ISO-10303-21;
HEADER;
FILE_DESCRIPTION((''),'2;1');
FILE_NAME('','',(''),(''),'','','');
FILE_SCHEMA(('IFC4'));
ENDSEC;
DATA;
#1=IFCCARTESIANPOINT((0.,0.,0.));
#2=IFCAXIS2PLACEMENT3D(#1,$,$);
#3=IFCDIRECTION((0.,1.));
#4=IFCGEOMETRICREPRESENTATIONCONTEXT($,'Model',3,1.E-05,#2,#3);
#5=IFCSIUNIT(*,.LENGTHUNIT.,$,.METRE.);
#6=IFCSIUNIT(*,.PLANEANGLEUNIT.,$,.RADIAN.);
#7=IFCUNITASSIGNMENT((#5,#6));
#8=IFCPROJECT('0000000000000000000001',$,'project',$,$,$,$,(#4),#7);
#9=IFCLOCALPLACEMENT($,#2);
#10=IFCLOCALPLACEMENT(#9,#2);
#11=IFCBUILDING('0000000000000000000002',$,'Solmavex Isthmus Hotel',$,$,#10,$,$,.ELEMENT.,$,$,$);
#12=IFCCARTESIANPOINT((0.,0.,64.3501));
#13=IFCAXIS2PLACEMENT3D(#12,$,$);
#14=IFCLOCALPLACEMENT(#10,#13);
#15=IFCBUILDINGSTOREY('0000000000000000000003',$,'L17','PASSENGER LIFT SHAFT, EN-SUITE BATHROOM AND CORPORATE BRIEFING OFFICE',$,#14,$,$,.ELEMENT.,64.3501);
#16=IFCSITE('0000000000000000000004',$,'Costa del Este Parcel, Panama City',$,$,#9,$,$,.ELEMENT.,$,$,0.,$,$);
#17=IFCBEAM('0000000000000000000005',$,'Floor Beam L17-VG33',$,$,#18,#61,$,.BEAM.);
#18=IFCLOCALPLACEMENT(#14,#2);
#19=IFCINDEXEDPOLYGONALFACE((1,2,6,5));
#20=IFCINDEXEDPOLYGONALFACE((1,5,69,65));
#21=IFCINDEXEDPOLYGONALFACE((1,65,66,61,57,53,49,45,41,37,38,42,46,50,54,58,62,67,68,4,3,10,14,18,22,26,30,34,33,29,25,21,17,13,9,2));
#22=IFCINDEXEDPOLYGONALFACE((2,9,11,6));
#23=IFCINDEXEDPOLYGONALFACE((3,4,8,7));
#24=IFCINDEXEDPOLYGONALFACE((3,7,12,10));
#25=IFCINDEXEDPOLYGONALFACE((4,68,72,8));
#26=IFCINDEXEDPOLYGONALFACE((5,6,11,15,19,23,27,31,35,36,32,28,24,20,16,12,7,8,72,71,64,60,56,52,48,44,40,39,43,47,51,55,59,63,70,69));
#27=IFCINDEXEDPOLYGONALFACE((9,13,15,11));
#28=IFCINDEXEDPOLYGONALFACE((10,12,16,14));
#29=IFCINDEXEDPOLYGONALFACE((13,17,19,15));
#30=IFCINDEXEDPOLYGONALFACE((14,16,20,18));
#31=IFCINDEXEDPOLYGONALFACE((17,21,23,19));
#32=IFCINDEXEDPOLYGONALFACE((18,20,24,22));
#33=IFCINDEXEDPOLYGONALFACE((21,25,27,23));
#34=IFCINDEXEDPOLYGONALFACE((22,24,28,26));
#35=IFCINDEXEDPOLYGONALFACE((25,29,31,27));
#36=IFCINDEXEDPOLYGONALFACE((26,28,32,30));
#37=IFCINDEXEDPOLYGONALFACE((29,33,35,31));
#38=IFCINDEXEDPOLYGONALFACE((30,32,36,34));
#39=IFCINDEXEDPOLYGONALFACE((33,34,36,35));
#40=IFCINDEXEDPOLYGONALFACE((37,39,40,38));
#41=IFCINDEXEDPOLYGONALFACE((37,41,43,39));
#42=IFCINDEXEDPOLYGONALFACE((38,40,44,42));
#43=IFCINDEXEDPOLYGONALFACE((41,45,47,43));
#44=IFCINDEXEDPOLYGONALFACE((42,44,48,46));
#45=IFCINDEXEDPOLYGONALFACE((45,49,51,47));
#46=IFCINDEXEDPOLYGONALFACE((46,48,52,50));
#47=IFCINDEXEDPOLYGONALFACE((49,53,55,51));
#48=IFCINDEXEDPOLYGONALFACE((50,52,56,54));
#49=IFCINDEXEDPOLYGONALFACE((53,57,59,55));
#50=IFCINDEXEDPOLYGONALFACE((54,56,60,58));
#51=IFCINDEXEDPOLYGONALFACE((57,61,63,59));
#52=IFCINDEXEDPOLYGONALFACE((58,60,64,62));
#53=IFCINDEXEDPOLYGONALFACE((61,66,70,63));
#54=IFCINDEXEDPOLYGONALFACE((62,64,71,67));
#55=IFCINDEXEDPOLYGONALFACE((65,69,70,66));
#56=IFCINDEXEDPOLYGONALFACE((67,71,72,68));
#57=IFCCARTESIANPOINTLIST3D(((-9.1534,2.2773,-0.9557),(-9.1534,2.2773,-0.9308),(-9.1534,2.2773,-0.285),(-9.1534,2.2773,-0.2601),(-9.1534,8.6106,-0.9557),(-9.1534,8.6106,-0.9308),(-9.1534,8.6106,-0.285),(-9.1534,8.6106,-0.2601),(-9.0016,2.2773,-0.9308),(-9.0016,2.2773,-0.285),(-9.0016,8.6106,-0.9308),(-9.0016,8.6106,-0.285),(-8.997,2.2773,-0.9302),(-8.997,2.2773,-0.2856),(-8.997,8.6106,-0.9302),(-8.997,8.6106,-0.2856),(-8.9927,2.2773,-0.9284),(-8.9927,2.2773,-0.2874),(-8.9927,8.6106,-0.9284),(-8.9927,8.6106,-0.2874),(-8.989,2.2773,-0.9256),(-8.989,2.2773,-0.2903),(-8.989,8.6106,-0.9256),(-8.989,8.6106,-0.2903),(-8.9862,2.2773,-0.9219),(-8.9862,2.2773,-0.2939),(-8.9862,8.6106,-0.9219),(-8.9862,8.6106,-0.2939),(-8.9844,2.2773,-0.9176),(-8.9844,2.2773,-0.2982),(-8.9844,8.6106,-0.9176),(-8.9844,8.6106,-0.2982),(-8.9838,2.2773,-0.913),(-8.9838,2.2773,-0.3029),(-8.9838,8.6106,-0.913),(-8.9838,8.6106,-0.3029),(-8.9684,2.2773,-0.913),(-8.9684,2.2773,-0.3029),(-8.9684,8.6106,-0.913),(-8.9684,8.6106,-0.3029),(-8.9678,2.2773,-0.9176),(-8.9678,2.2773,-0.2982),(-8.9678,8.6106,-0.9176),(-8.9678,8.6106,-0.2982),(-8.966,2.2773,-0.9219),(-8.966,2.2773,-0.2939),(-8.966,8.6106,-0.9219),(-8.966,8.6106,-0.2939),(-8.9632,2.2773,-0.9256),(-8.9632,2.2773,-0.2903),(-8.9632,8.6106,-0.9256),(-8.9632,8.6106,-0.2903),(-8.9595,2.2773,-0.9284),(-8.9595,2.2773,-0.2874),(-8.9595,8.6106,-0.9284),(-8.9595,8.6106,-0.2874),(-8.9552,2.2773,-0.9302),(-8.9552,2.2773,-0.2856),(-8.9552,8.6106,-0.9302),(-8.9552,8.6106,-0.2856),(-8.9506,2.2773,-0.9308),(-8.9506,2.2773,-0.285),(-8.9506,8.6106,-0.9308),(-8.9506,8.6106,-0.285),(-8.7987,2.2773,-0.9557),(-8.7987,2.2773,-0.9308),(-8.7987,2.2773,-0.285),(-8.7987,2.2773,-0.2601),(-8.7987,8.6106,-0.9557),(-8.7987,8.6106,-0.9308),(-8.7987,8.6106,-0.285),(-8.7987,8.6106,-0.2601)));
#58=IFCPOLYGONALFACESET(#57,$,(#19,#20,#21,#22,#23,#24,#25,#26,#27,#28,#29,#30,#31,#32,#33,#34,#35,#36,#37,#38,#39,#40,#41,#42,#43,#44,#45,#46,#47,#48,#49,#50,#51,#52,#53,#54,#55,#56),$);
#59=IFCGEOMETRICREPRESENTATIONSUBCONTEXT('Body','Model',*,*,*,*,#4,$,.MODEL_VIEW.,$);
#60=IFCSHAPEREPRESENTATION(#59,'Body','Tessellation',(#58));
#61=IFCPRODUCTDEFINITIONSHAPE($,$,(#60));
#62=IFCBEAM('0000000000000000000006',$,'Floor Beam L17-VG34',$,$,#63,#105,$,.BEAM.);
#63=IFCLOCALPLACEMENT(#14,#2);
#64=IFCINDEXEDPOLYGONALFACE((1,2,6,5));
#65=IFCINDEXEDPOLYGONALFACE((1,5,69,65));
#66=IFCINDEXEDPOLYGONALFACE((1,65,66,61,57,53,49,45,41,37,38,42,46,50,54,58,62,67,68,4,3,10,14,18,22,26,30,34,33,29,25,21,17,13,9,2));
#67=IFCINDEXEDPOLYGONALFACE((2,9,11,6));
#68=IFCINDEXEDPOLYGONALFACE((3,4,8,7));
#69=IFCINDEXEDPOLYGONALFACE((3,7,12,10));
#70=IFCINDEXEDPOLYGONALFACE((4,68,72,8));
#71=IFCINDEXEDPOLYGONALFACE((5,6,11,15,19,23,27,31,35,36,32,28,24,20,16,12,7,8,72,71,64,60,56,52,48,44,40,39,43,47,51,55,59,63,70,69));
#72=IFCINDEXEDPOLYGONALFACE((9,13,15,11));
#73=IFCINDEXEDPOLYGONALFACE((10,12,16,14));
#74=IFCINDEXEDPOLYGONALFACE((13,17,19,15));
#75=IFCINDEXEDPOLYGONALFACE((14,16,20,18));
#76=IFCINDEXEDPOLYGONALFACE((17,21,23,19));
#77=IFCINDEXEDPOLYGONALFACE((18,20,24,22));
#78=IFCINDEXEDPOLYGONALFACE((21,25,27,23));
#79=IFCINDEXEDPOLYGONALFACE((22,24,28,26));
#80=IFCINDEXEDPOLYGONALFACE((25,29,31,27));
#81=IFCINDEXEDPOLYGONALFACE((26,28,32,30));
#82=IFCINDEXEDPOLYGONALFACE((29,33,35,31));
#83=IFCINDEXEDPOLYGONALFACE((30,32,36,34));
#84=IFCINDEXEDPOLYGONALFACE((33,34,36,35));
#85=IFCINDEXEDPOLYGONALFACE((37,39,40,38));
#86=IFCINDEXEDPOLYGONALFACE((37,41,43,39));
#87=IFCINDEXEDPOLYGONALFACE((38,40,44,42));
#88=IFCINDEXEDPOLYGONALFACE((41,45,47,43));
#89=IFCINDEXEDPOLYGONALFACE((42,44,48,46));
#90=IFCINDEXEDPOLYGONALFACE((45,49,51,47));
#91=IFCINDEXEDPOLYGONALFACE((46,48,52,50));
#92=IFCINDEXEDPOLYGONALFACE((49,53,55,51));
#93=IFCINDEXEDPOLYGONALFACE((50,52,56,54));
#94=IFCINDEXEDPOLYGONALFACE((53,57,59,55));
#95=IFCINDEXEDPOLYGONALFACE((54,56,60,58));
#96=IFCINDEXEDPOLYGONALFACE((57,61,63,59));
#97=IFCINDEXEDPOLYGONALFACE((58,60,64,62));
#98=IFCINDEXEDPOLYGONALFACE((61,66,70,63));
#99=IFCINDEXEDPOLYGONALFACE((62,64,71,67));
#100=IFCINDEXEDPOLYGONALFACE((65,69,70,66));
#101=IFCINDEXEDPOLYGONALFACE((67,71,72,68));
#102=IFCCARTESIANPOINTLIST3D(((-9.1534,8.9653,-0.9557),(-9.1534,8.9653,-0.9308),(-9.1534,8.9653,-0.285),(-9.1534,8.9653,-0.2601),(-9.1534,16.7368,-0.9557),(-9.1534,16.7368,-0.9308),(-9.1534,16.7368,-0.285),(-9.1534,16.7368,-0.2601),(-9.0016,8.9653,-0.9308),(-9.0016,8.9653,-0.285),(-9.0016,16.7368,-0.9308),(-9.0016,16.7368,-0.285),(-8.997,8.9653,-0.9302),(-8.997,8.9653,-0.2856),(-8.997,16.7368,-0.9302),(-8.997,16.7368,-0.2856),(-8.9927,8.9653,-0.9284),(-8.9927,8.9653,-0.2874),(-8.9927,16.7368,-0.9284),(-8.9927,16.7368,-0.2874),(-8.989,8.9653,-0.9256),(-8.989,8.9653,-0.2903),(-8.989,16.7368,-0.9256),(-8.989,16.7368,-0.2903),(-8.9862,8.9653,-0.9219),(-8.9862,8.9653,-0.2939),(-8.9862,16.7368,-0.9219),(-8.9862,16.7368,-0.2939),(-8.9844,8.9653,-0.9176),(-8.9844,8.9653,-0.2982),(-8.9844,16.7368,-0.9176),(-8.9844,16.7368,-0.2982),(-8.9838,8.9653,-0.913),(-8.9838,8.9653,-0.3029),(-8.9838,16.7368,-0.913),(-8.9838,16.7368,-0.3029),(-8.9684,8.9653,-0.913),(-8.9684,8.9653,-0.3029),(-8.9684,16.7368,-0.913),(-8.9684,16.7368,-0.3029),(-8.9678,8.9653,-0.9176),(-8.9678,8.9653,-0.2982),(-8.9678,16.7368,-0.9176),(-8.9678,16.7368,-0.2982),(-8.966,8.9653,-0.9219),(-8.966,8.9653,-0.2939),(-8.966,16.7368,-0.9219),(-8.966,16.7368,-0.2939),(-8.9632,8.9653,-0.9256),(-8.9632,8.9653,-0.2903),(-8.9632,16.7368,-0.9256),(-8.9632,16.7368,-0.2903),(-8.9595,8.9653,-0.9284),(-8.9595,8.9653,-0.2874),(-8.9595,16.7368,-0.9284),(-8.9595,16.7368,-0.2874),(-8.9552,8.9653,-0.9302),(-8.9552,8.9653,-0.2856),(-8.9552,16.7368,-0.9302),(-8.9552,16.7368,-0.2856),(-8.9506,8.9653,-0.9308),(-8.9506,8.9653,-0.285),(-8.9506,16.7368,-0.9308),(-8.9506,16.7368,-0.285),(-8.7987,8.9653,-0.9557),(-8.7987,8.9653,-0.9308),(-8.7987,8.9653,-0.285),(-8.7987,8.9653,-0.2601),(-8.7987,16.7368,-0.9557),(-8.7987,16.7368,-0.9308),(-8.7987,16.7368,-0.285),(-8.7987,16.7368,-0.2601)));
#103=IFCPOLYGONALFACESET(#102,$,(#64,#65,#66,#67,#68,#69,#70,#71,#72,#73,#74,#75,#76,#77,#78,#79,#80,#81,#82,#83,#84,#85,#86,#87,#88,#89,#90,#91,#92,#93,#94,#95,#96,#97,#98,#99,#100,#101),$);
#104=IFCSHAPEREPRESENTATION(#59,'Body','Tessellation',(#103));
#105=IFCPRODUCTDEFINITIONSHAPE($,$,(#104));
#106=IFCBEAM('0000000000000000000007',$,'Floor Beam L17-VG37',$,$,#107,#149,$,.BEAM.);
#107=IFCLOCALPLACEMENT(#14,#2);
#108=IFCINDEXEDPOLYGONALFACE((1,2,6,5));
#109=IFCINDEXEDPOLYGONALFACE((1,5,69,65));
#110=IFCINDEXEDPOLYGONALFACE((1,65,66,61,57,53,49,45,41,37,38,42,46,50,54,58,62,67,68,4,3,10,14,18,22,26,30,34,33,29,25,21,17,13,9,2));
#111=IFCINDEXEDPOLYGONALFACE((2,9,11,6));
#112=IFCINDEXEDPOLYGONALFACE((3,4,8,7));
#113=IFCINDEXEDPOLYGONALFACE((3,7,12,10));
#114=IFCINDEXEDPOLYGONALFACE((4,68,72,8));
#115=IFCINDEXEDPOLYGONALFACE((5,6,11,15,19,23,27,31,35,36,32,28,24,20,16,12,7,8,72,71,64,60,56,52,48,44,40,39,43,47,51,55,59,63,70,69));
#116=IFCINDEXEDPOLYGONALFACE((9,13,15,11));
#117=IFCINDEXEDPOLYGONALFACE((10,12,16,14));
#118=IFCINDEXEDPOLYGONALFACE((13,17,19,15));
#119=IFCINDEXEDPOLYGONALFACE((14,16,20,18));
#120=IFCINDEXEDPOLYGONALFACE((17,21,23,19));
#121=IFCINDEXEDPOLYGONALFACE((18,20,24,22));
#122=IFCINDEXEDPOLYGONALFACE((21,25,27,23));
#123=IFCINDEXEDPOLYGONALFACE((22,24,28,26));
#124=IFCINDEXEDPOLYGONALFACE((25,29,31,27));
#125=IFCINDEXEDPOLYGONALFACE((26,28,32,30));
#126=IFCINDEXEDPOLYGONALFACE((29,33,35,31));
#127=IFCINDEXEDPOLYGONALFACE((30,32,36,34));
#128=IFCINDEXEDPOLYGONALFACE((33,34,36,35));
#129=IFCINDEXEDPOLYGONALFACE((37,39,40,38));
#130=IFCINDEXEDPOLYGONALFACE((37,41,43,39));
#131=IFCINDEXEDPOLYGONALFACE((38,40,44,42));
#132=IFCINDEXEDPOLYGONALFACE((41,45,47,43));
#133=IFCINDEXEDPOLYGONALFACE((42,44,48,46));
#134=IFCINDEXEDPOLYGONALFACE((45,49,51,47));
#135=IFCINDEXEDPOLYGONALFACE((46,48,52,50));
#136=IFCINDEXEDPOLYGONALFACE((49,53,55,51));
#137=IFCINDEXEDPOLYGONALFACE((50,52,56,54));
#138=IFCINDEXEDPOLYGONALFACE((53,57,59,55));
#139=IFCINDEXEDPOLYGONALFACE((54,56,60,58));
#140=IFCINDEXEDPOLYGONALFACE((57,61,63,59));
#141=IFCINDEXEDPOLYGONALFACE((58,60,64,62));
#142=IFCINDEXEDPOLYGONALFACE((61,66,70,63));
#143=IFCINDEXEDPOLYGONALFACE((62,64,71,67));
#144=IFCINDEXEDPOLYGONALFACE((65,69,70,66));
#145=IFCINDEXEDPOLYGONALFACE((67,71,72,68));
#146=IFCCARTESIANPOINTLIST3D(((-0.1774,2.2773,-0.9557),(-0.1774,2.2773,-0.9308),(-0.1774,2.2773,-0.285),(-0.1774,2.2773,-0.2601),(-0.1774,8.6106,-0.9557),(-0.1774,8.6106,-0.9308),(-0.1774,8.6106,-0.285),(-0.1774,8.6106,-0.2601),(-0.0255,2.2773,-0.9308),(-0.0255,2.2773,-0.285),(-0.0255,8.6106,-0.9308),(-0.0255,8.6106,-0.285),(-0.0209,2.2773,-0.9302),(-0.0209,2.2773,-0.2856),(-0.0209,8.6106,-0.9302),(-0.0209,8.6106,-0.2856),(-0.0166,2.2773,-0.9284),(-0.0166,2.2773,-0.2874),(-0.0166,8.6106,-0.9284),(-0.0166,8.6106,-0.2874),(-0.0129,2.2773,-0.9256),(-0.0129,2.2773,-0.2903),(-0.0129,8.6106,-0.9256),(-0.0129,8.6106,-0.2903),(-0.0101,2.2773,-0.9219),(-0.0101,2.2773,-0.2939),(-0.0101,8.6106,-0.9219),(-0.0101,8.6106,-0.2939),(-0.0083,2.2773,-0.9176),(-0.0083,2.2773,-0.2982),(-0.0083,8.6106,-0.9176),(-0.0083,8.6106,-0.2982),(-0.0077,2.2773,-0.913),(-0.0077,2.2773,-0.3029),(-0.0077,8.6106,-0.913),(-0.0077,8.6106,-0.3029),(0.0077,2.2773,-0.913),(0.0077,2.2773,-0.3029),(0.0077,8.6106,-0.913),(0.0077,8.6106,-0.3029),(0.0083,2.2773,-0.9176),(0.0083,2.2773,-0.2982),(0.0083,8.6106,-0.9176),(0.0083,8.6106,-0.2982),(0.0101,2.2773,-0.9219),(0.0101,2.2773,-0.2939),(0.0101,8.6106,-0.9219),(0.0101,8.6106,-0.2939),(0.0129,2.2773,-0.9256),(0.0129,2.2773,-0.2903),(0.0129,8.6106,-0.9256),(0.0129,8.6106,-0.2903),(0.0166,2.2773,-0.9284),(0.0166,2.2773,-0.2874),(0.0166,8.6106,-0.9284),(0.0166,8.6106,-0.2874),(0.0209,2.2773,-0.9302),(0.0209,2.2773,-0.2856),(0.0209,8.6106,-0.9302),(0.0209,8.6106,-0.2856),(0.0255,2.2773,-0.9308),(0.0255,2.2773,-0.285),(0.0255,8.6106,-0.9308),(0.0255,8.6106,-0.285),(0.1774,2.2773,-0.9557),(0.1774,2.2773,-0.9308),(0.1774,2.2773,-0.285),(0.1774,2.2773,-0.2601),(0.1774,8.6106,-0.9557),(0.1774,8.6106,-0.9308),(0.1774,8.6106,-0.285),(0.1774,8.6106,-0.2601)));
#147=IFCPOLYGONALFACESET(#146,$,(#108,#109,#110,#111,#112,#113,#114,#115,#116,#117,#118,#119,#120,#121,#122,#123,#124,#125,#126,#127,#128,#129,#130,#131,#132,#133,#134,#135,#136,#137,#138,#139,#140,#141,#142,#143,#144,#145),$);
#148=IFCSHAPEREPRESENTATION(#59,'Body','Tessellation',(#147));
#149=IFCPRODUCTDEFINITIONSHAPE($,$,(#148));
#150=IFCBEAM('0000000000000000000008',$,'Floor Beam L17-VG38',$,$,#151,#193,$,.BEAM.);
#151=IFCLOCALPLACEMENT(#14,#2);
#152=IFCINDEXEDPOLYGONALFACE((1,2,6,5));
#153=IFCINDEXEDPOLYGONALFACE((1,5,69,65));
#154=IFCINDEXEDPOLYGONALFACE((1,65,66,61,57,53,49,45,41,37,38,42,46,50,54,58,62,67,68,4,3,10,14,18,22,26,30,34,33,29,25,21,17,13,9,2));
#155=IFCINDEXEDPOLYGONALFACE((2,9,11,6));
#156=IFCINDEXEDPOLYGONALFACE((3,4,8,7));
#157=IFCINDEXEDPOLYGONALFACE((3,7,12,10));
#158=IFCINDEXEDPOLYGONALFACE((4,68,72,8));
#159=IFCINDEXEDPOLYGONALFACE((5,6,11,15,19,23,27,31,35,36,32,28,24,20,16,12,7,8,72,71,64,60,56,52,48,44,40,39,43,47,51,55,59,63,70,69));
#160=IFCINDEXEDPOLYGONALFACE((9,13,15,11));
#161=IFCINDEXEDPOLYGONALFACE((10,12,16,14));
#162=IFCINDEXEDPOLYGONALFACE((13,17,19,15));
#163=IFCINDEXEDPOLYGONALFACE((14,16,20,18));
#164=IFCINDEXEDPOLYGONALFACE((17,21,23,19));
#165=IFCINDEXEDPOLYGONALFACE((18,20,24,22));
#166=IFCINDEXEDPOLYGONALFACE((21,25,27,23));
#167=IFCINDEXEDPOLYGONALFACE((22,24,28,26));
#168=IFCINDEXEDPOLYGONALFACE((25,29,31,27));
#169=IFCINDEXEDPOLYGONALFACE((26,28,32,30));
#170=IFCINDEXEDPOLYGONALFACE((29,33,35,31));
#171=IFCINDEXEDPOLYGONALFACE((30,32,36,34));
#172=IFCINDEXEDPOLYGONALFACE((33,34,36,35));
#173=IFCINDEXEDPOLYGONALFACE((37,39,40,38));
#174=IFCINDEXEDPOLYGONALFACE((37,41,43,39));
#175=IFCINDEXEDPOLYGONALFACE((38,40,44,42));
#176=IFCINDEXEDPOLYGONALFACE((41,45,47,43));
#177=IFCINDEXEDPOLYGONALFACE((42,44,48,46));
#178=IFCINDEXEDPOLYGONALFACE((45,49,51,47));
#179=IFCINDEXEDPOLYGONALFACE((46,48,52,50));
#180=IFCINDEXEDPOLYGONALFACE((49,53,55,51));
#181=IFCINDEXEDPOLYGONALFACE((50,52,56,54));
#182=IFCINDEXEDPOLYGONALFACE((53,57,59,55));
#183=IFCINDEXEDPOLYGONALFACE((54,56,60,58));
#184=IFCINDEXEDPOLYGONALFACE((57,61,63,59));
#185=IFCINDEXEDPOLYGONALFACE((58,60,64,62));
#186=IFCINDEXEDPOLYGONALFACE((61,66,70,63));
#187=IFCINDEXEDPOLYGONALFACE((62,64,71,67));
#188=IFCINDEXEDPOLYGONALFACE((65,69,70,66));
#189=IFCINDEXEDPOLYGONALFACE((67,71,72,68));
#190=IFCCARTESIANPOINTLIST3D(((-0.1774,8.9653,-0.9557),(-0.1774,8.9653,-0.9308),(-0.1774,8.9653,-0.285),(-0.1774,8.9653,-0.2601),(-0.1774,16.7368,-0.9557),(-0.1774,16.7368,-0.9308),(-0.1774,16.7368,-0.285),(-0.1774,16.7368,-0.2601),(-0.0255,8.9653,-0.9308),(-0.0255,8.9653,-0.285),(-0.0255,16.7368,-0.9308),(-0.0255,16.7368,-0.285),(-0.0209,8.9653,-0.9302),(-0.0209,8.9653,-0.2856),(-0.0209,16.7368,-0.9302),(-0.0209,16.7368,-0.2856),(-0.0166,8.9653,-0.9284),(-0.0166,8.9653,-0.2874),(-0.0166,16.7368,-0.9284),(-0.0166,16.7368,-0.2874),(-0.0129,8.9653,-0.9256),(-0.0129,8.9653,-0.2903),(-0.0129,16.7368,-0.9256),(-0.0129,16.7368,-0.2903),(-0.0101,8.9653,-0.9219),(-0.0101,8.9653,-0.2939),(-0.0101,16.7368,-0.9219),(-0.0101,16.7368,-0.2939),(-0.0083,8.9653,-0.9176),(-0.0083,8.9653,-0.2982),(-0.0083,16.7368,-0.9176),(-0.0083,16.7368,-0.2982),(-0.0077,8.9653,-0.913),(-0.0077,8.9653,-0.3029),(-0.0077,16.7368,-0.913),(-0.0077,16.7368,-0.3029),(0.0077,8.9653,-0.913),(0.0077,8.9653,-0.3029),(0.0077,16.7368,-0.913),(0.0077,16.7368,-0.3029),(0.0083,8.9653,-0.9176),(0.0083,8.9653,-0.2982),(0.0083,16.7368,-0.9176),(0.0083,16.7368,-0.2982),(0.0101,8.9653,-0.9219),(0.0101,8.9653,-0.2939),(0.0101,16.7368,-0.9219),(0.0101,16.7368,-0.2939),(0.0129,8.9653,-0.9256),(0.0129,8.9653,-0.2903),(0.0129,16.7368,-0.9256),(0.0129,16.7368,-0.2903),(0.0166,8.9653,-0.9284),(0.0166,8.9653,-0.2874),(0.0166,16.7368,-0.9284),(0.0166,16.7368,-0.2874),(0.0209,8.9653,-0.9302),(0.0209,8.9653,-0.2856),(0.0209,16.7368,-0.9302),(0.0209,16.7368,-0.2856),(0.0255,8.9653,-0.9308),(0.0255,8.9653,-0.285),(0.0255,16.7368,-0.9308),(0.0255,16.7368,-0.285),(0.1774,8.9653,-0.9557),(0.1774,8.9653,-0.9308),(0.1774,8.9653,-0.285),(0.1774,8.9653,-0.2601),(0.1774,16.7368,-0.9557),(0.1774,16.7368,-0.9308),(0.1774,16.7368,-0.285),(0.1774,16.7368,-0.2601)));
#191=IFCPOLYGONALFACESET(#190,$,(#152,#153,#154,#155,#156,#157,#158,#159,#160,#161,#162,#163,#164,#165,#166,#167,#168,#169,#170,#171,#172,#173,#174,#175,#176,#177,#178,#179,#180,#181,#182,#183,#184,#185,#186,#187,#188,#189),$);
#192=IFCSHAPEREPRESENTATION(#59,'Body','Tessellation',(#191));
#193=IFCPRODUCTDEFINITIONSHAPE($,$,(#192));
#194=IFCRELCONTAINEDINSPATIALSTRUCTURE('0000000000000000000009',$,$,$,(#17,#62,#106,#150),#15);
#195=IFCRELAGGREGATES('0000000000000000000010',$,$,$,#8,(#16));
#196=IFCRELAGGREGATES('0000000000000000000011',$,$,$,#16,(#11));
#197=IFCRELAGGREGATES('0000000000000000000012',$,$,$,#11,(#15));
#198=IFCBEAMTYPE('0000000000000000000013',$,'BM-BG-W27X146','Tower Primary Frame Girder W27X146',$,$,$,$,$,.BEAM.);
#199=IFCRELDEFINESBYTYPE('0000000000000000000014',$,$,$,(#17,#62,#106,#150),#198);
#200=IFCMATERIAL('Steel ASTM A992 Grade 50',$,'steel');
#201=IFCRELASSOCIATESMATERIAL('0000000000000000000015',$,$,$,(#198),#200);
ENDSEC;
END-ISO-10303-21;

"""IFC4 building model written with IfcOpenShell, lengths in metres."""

from ifc_helpers import new_model, si_unit, direction, frame, origin, origin_2d, place, context, subcontext, project, spatial, i_section, extrude, material, material_profile, profile_set, type_object, element, save


model = new_model("IFC4")

# Units and contexts
model_context = context("Model", 3, precision=1e-05, world=origin(), true_north=direction((0.0, 1.0)))
body_context = subcontext(model_context, "Body", "Model", "MODEL_VIEW")
ifc_project = project(units=[si_unit("LENGTHUNIT", "METRE"), si_unit("PLANEANGLEUNIT", "RADIAN")], contexts=[model_context])

# Site, building, storey
site_placement = place(None, origin())
site = spatial("IfcSite", under=ifc_project, at=site_placement, Name="Costa del Este Parcel, Panama City", CompositionType="ELEMENT", RefElevation=0.0)
building_placement = place(site_placement, origin())
building = spatial("IfcBuilding", under=site, at=building_placement, Name="Solmavex Isthmus Hotel", CompositionType="ELEMENT")
storey_placement = place(building_placement, frame((0.0, 0.0, 64.3501)))
storey = spatial("IfcBuildingStorey", under=building, at=storey_placement, Name="L17", Description="PASSENGER LIFT SHAFT, EN-SUITE BATHROOM AND CORPORATE BRIEFING OFFICE", CompositionType="ELEMENT", Elevation=64.3501)

# Beams
ifc_material_1 = material(Name="Steel ASTM A992 Grade 50", Category="steel")
ifc_material_profile_1 = material_profile(ifc_material_1, i_section(OverallWidth=0.3547, OverallDepth=0.6956, WebThickness=0.0154, FlangeThickness=0.0249, FilletRadius=0.0178, at=origin_2d()), Name="W27X146")
ifc_profile_set_1 = profile_set([ifc_material_profile_1], Name="Steel ASTM A992 Grade 50")
beam_type_1 = type_object("IfcBeamType", Name="BM-BG-W27X146", Description="Tower Primary Frame Girder W27X146", PredefinedType="BEAM", material=ifc_profile_set_1)
beam_1_placement = place(storey_placement, frame((-8.9761, 2.2773, -0.6079), z_axis=(0.0, 1.0, 0.0), x_axis=(-1.0, 0.0, 0.0)))
element("IfcBeam", 1, at=beam_1_placement, inside=storey, type_object=beam_type_1, Name="Floor Beam L17-VG33", PredefinedType="BEAM", context=body_context, shape_type="SweptSolid", body=[
    extrude(i_section(OverallWidth=0.3547, OverallDepth=0.6956, WebThickness=0.0154, FlangeThickness=0.0249, FilletRadius=0.0178, at=origin_2d()), origin(), (0.0, 0.0, 1.0), 6.3333),
])
beam_2_placement = place(storey_placement, frame((-8.9761, 8.9653, -0.6079), z_axis=(0.0, 1.0, 0.0), x_axis=(-1.0, 0.0, 0.0)))
element("IfcBeam", 2, at=beam_2_placement, inside=storey, type_object=beam_type_1, Name="Floor Beam L17-VG34", PredefinedType="BEAM", context=body_context, shape_type="SweptSolid", body=[
    extrude(i_section(OverallWidth=0.3547, OverallDepth=0.6956, WebThickness=0.0154, FlangeThickness=0.0249, FilletRadius=0.0178, at=origin_2d()), origin(), (0.0, 0.0, 1.0), 7.7715),
])
beam_3_placement = place(storey_placement, frame((0.0, 2.2773, -0.6079), z_axis=(0.0, 1.0, 0.0), x_axis=(-1.0, 0.0, 0.0)))
element("IfcBeam", 3, at=beam_3_placement, inside=storey, type_object=beam_type_1, Name="Floor Beam L17-VG37", PredefinedType="BEAM", context=body_context, shape_type="SweptSolid", body=[
    extrude(i_section(OverallWidth=0.3547, OverallDepth=0.6956, WebThickness=0.0154, FlangeThickness=0.0249, FilletRadius=0.0178, at=origin_2d()), origin(), (0.0, 0.0, 1.0), 6.3333),
])
beam_4_placement = place(storey_placement, frame((0.0, 8.9653, -0.6079), z_axis=(0.0, 1.0, 0.0), x_axis=(-1.0, 0.0, 0.0)))
element("IfcBeam", 4, at=beam_4_placement, inside=storey, type_object=beam_type_1, Name="Floor Beam L17-VG38", PredefinedType="BEAM", context=body_context, shape_type="SweptSolid", body=[
    extrude(i_section(OverallWidth=0.3547, OverallDepth=0.6956, WebThickness=0.0154, FlangeThickness=0.0249, FilletRadius=0.0178, at=origin_2d()), origin(), (0.0, 0.0, 1.0), 7.7715),
])

save(model, "model.ifc")
